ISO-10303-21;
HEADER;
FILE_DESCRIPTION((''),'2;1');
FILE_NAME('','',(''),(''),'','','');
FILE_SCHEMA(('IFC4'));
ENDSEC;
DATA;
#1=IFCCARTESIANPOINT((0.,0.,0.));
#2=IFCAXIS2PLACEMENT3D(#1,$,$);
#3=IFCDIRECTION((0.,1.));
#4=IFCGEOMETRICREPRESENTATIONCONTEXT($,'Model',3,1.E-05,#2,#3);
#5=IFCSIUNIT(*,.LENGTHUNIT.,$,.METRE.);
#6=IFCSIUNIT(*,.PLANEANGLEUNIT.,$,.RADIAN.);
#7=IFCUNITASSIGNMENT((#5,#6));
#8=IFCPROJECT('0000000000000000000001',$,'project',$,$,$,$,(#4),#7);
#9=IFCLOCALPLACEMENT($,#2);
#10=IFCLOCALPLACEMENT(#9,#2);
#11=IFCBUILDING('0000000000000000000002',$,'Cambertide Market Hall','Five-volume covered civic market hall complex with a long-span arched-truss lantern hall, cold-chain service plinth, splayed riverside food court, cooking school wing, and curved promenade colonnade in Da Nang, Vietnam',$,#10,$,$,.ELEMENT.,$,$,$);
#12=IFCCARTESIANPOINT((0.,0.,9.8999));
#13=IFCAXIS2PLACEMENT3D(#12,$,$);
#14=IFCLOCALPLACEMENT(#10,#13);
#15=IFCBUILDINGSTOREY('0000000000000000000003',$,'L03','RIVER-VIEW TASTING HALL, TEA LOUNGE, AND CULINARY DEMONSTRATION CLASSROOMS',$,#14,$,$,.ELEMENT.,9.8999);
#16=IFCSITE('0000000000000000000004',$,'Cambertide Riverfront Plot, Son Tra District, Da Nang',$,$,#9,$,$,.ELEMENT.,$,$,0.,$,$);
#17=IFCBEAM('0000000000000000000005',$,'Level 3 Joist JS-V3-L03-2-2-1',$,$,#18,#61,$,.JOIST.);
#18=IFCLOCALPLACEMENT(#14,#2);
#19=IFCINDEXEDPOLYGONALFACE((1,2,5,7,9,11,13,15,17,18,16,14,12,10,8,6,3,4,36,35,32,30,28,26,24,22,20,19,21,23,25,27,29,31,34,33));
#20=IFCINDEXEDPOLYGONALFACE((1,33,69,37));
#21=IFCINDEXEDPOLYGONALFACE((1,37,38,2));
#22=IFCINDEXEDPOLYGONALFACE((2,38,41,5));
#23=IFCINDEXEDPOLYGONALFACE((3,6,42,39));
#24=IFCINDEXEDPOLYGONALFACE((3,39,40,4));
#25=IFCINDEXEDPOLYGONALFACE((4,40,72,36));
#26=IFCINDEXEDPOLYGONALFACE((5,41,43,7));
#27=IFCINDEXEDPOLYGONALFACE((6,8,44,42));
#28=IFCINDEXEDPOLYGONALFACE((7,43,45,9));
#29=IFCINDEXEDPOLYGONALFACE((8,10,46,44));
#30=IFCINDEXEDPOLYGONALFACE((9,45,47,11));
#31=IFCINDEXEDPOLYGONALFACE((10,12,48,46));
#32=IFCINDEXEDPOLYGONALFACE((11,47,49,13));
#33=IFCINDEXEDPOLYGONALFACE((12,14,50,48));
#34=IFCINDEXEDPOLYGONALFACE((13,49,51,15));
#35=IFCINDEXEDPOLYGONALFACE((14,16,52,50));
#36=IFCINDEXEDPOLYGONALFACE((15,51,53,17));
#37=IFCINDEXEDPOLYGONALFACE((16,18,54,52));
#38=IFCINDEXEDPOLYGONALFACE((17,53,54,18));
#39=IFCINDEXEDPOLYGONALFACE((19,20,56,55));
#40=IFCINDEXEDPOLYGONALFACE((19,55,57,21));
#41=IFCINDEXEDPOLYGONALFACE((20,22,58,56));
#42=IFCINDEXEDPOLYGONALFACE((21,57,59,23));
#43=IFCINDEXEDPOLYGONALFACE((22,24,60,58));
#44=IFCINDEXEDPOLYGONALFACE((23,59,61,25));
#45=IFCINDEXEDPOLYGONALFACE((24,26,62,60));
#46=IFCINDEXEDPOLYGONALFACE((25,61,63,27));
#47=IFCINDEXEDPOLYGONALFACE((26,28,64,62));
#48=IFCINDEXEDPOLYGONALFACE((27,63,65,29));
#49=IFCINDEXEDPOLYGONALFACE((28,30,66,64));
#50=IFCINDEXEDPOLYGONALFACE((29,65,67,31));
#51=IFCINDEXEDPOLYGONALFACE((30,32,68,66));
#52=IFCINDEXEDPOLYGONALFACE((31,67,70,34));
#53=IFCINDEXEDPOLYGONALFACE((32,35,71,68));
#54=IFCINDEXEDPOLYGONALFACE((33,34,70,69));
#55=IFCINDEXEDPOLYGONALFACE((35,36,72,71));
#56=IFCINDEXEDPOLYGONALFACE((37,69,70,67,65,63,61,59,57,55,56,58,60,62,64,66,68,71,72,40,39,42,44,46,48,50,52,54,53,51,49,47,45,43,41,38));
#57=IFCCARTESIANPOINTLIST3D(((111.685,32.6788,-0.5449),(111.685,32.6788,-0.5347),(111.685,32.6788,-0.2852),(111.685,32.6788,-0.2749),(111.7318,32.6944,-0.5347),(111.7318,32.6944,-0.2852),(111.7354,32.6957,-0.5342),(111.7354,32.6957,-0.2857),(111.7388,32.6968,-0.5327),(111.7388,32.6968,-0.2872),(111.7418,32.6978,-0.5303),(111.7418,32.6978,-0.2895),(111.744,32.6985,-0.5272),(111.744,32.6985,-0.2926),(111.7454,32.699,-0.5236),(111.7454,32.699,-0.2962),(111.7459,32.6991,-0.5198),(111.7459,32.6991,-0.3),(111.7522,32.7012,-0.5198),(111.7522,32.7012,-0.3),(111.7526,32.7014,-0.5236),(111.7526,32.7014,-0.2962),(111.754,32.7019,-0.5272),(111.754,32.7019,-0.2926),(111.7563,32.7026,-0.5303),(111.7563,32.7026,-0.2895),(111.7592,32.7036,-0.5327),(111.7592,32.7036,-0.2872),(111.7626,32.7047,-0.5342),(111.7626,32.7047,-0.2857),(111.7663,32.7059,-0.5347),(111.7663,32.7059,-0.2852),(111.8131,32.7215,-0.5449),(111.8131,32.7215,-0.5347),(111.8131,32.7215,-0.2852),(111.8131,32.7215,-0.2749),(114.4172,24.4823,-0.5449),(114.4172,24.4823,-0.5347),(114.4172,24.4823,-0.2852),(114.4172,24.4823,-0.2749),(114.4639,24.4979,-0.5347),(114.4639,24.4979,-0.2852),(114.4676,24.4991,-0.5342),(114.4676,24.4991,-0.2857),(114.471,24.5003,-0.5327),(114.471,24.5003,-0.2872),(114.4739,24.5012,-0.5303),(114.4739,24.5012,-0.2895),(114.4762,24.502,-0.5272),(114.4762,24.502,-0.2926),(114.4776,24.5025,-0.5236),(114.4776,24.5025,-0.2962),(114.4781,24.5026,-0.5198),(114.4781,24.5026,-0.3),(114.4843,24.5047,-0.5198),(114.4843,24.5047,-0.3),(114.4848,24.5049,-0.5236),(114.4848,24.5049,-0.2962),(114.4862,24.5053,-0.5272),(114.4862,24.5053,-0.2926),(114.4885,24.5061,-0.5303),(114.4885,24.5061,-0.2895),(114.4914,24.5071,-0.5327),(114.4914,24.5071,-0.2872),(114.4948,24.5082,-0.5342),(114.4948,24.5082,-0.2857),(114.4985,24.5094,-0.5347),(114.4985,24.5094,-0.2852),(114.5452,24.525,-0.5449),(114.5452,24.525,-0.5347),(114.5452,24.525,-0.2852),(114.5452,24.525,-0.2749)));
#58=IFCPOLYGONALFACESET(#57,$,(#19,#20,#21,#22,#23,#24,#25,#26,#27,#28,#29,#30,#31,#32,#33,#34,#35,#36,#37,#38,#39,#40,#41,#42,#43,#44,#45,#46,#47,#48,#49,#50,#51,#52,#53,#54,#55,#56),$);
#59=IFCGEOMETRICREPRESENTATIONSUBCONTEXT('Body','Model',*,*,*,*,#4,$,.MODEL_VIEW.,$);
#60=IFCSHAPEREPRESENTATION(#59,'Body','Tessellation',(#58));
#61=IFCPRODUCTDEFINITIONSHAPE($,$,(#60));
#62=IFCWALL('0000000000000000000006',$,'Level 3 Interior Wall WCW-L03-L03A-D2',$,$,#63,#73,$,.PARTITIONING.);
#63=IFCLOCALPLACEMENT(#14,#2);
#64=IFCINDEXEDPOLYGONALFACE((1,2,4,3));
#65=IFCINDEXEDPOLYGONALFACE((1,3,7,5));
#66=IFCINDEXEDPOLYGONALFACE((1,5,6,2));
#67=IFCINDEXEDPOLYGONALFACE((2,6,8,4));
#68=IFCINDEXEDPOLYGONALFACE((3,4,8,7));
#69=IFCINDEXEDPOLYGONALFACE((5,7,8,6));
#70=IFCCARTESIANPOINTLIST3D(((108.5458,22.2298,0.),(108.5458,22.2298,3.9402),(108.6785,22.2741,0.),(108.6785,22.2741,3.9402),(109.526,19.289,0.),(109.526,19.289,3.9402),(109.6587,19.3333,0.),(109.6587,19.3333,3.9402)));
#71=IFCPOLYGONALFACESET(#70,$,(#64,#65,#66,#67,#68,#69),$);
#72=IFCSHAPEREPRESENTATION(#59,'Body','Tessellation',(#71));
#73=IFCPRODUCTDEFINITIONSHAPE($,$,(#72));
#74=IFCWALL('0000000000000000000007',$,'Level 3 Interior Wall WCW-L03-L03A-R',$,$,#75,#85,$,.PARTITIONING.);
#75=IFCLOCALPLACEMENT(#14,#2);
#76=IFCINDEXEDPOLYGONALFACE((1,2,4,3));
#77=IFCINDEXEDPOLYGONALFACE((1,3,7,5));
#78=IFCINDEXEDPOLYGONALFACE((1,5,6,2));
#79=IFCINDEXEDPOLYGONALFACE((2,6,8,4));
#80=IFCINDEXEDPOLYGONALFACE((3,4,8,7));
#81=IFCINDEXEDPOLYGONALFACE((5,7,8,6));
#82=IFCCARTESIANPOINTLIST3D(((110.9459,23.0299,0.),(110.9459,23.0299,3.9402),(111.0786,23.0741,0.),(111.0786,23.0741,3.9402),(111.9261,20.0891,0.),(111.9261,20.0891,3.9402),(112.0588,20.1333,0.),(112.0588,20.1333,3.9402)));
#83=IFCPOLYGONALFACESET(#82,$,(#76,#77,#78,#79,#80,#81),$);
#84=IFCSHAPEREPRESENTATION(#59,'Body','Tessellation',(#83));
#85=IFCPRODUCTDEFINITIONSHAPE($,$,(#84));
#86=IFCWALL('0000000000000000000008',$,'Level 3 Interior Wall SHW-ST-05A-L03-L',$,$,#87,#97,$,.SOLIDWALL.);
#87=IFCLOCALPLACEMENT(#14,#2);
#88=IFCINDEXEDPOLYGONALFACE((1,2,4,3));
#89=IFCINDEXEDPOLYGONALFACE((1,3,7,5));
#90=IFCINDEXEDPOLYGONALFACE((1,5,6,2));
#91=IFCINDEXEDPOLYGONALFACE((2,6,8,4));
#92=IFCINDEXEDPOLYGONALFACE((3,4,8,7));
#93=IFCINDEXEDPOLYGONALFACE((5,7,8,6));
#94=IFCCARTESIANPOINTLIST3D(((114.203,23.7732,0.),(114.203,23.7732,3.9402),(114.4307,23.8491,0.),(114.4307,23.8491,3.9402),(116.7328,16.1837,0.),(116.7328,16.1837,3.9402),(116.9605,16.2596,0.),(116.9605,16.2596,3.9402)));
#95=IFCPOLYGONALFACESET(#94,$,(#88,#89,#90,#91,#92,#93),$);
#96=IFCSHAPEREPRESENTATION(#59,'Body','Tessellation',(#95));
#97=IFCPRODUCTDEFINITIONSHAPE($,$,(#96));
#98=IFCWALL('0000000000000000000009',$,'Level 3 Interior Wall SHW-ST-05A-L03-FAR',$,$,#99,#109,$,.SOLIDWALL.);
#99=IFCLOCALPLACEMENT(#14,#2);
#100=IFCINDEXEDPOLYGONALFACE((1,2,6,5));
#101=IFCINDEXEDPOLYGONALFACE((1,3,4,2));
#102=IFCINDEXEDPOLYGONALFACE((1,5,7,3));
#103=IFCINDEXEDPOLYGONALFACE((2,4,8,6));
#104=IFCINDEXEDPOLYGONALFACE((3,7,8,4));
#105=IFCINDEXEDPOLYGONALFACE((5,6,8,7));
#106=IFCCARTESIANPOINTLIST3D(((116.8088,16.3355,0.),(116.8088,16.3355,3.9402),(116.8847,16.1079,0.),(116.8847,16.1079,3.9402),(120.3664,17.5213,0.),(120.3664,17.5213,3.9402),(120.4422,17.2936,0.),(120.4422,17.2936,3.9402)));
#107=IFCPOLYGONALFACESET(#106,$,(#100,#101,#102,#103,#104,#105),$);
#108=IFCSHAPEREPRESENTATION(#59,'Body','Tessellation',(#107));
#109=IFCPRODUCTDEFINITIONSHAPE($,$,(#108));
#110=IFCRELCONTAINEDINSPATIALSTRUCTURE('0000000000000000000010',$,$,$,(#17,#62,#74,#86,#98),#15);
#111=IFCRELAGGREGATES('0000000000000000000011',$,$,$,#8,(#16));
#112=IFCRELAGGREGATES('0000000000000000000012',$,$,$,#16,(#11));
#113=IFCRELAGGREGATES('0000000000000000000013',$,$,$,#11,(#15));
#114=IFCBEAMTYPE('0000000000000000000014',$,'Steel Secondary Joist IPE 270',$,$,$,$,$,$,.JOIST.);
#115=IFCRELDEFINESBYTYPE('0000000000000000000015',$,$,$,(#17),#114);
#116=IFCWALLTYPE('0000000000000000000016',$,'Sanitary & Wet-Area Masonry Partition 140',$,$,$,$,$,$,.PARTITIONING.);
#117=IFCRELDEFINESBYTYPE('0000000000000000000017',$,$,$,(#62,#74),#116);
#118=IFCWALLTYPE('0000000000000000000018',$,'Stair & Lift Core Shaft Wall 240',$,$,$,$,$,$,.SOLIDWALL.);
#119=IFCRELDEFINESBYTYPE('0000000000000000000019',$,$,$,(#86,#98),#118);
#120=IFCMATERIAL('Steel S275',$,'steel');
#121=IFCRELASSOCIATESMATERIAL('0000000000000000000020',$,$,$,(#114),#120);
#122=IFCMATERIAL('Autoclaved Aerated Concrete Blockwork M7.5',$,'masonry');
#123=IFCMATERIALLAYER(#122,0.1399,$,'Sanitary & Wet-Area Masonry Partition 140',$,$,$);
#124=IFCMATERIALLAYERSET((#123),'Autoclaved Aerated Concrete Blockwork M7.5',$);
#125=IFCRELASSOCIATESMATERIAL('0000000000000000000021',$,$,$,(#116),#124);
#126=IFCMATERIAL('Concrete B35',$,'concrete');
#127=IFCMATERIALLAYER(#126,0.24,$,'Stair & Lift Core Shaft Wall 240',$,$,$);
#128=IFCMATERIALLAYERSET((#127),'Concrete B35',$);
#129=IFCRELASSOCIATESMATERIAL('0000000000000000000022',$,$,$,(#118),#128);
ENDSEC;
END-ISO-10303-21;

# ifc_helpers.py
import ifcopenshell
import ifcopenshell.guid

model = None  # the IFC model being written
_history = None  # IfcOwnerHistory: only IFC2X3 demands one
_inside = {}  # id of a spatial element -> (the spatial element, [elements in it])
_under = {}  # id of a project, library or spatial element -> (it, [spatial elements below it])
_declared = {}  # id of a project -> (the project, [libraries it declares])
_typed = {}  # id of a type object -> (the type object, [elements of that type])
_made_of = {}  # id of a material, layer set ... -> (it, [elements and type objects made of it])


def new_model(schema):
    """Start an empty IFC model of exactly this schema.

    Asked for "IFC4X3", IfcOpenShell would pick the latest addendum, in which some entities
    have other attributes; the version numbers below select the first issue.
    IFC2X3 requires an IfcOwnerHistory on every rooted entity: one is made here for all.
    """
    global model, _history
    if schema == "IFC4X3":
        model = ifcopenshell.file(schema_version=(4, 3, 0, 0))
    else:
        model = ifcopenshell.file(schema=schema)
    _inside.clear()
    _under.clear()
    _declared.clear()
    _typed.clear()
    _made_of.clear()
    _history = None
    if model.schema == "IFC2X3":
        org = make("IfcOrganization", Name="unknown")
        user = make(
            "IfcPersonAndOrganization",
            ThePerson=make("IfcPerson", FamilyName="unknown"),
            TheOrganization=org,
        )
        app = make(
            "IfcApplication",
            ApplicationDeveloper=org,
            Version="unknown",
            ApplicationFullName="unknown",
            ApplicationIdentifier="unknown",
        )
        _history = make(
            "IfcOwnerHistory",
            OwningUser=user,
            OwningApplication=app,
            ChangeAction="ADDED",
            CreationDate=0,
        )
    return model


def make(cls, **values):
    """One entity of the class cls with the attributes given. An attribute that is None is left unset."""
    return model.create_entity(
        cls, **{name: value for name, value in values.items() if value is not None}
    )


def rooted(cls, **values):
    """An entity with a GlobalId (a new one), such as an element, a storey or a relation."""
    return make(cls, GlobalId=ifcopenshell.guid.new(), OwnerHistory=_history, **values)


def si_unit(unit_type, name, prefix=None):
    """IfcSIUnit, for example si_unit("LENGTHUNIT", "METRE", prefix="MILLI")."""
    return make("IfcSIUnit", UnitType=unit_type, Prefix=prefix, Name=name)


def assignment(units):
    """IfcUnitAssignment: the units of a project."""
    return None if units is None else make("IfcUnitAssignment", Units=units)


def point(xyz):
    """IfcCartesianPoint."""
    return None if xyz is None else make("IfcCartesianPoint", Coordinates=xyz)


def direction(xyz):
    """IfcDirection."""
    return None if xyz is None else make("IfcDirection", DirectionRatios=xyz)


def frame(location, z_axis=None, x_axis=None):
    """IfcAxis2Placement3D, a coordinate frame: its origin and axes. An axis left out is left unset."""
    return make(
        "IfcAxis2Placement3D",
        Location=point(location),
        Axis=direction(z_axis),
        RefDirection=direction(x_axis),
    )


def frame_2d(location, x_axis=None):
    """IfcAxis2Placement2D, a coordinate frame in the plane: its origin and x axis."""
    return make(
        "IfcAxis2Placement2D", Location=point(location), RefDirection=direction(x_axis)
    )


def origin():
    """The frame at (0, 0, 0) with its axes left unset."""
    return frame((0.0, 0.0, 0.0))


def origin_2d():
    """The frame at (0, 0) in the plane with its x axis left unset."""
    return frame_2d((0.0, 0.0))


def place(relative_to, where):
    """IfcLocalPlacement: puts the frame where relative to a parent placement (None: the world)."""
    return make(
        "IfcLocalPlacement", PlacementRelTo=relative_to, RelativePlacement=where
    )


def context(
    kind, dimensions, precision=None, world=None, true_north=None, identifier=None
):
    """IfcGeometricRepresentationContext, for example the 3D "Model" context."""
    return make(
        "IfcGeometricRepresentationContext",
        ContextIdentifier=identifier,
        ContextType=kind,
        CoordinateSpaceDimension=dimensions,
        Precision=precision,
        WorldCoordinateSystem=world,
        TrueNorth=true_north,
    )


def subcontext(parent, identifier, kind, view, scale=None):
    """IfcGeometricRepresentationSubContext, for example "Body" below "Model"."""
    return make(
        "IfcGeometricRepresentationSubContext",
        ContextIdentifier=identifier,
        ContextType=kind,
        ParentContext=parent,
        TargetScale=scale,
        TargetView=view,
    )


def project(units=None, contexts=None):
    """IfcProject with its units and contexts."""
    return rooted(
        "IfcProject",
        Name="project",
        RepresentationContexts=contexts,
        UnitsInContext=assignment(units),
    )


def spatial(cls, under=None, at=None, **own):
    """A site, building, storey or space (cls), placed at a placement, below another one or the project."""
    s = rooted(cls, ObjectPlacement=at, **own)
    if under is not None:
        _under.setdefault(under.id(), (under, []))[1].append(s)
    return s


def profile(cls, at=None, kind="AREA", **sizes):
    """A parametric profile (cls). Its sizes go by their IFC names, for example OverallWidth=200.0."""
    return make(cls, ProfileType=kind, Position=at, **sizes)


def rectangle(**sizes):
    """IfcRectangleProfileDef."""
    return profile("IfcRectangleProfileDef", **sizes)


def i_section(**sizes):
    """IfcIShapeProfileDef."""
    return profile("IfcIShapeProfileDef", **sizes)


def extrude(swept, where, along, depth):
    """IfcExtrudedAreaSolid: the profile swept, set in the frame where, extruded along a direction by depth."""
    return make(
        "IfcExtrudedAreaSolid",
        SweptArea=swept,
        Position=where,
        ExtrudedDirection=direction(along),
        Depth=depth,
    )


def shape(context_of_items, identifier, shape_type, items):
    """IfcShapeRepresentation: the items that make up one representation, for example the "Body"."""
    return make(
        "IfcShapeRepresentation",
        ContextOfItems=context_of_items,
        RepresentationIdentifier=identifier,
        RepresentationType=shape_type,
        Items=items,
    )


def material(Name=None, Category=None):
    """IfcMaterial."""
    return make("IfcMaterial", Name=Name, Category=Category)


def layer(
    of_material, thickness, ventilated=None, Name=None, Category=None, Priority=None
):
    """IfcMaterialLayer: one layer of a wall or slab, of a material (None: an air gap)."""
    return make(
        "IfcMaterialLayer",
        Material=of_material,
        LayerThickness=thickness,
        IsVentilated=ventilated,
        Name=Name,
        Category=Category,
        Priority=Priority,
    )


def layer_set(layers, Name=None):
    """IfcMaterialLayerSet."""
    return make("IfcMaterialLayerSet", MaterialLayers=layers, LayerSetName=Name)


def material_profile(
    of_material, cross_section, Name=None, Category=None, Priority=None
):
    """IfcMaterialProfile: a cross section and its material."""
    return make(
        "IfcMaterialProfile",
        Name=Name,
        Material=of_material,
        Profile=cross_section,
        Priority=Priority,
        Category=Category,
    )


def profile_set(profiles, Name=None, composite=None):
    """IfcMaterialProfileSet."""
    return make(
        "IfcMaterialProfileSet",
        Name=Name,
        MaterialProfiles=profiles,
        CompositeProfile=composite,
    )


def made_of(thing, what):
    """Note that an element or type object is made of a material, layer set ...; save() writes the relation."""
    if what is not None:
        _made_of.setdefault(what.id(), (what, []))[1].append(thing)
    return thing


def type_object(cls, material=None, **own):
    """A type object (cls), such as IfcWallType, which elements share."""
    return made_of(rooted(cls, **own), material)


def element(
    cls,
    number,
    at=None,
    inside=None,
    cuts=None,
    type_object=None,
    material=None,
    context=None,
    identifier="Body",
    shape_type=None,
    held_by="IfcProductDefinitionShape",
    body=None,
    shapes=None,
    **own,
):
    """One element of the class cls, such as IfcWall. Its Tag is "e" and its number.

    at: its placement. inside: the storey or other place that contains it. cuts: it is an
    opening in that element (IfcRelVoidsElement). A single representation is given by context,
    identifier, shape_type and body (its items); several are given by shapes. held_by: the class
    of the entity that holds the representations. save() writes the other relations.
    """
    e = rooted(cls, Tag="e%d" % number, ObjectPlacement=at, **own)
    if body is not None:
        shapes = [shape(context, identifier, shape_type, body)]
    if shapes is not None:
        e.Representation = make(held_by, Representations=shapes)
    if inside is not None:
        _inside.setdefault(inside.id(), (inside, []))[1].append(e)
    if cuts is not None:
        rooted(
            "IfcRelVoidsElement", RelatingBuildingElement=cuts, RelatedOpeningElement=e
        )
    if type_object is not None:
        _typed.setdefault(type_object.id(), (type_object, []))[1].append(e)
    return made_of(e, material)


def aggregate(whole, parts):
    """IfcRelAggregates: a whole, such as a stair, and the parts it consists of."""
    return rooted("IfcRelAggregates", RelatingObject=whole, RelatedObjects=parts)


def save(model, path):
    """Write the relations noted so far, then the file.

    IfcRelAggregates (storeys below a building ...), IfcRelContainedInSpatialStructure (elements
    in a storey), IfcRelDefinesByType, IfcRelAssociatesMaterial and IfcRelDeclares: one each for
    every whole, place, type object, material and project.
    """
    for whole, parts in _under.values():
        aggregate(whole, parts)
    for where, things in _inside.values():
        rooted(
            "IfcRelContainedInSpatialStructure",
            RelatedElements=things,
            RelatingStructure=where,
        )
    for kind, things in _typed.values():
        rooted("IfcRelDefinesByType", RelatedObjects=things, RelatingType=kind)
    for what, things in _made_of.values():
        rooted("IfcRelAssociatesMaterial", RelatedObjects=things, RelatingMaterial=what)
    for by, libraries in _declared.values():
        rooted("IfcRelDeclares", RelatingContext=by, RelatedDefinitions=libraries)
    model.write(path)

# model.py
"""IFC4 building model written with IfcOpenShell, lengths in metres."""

from ifc_helpers import new_model, si_unit, direction, frame, frame_2d, origin, origin_2d, place, context, subcontext, project, spatial, rectangle, i_section, extrude, material, layer, layer_set, material_profile, profile_set, type_object, element, save


model = new_model("IFC4")

# Units and contexts
model_context = context("Model", 3, precision=1e-05, world=origin(), true_north=direction((0.0, 1.0)))
body_context = subcontext(model_context, "Body", "Model", "MODEL_VIEW")
ifc_project = project(units=[si_unit("LENGTHUNIT", "METRE"), si_unit("PLANEANGLEUNIT", "RADIAN")], contexts=[model_context])

# Site, building, storey
site_placement = place(None, origin())
site = spatial("IfcSite", under=ifc_project, at=site_placement, Name="Cambertide Riverfront Plot, Son Tra District, Da Nang", CompositionType="ELEMENT", RefElevation=0.0)
building_placement = place(site_placement, origin())
building = spatial("IfcBuilding", under=site, at=building_placement, Name="Cambertide Market Hall", Description="Five-volume covered civic market hall complex with a long-span arched-truss lantern hall, cold-chain service plinth, splayed riverside food court, cooking school wing, and curved promenade colonnade in Da Nang, Vietnam", CompositionType="ELEMENT")
storey_placement = place(building_placement, frame((0.0, 0.0, 9.8999)))
storey = spatial("IfcBuildingStorey", under=building, at=storey_placement, Name="L03", Description="RIVER-VIEW TASTING HALL, TEA LOUNGE, AND CULINARY DEMONSTRATION CLASSROOMS", CompositionType="ELEMENT", Elevation=9.8999)

# Beam
ifc_material_1 = material(Name="Steel S275", Category="steel")
ifc_material_profile_1 = material_profile(ifc_material_1, i_section(OverallWidth=0.135, OverallDepth=0.27, WebThickness=0.0066, FlangeThickness=0.0103, FilletRadius=0.0149, at=origin_2d()), Name="IPE 270")
ifc_profile_set_1 = profile_set([ifc_material_profile_1], Name="Steel S275")
beam_type_1 = type_object("IfcBeamType", Name="Steel Secondary Joist IPE 270", PredefinedType="JOIST", material=ifc_profile_set_1)
beam_1_placement = place(storey_placement, frame((114.4812, 24.5037, -0.4099), z_axis=(-0.316228, 0.948683, 0.0), x_axis=(-0.948683, -0.316228, 0.0)))
element("IfcBeam", 1, at=beam_1_placement, inside=storey, type_object=beam_type_1, Name="Level 3 Joist JS-V3-L03-2-2-1", PredefinedType="JOIST", context=body_context, shape_type="SweptSolid", body=[
    extrude(i_section(OverallWidth=0.135, OverallDepth=0.27, WebThickness=0.0066, FlangeThickness=0.0103, FilletRadius=0.0149, at=origin_2d()), origin(), (0.0, 0.0, 1.0), 8.6399),
])

# Walls
ifc_material_2 = material(Name="Autoclaved Aerated Concrete Blockwork M7.5", Category="masonry")
ifc_layer_1 = layer(ifc_material_2, 0.1399, Name="Sanitary & Wet-Area Masonry Partition 140")
ifc_layer_set_1 = layer_set([ifc_layer_1], Name="Autoclaved Aerated Concrete Blockwork M7.5")
wall_type_1 = type_object("IfcWallType", Name="Sanitary & Wet-Area Masonry Partition 140", PredefinedType="PARTITIONING", material=ifc_layer_set_1)
for number, where, z_axis, x_axis, name in (
    (2, (109.5923, 19.3113, 0.0), (0.0, 0.0, 1.0), (-0.316204, 0.948691, 0.0), "Level 3 Interior Wall WCW-L03-L03A-D2"),
    (3, (111.9924, 20.1113, 0.0), (0.0, 0.0, 1.0), (-0.316204, 0.948691, 0.0), "Level 3 Interior Wall WCW-L03-L03A-R"),
):
    element("IfcWall", number, at=place(storey_placement, frame(where, z_axis=z_axis, x_axis=x_axis)), inside=storey, type_object=wall_type_1, Name=name, PredefinedType="PARTITIONING", context=body_context, shape_type="SweptSolid", body=[
        extrude(rectangle(XDim=3.0999, YDim=0.1399, at=frame_2d((1.5498, 0.0))), origin(), (0.0, 0.0, 1.0), 3.9402),
    ])

# Shared definitions
ifc_material_3 = material(Name="Concrete B35", Category="concrete")
ifc_layer_2 = layer(ifc_material_3, 0.24, Name="Stair & Lift Core Shaft Wall 240")
ifc_layer_set_2 = layer_set([ifc_layer_2], Name="Concrete B35")
wall_type_2 = type_object("IfcWallType", Name="Stair & Lift Core Shaft Wall 240", PredefinedType="SOLIDWALL", material=ifc_layer_set_2)

# Walls
wall_1_placement = place(storey_placement, frame((116.8467, 16.2217, 0.0), z_axis=(0.0, 0.0, 1.0), x_axis=(-0.316228, 0.948683, 0.0)))
element("IfcWall", 4, at=wall_1_placement, inside=storey, type_object=wall_type_2, Name="Level 3 Interior Wall SHW-ST-05A-L03-L", PredefinedType="SOLIDWALL", context=body_context, shape_type="SweptSolid", body=[
    extrude(rectangle(XDim=8.0, YDim=0.24, at=frame_2d((4.0, 0.0))), origin(), (0.0, 0.0, 1.0), 3.9402),
])
wall_2_placement = place(storey_placement, frame((120.4043, 17.4075, 0.0), z_axis=(0.0, 0.0, 1.0), x_axis=(-0.94869, -0.316208, 0.0)))
element("IfcWall", 5, at=wall_2_placement, inside=storey, type_object=wall_type_2, Name="Level 3 Interior Wall SHW-ST-05A-L03-FAR", PredefinedType="SOLIDWALL", context=body_context, shape_type="SweptSolid", body=[
    extrude(rectangle(XDim=3.75, YDim=0.24, at=frame_2d((1.875, 0.0))), origin(), (0.0, 0.0, 1.0), 3.9402),
])

save(model, "model.ifc")
